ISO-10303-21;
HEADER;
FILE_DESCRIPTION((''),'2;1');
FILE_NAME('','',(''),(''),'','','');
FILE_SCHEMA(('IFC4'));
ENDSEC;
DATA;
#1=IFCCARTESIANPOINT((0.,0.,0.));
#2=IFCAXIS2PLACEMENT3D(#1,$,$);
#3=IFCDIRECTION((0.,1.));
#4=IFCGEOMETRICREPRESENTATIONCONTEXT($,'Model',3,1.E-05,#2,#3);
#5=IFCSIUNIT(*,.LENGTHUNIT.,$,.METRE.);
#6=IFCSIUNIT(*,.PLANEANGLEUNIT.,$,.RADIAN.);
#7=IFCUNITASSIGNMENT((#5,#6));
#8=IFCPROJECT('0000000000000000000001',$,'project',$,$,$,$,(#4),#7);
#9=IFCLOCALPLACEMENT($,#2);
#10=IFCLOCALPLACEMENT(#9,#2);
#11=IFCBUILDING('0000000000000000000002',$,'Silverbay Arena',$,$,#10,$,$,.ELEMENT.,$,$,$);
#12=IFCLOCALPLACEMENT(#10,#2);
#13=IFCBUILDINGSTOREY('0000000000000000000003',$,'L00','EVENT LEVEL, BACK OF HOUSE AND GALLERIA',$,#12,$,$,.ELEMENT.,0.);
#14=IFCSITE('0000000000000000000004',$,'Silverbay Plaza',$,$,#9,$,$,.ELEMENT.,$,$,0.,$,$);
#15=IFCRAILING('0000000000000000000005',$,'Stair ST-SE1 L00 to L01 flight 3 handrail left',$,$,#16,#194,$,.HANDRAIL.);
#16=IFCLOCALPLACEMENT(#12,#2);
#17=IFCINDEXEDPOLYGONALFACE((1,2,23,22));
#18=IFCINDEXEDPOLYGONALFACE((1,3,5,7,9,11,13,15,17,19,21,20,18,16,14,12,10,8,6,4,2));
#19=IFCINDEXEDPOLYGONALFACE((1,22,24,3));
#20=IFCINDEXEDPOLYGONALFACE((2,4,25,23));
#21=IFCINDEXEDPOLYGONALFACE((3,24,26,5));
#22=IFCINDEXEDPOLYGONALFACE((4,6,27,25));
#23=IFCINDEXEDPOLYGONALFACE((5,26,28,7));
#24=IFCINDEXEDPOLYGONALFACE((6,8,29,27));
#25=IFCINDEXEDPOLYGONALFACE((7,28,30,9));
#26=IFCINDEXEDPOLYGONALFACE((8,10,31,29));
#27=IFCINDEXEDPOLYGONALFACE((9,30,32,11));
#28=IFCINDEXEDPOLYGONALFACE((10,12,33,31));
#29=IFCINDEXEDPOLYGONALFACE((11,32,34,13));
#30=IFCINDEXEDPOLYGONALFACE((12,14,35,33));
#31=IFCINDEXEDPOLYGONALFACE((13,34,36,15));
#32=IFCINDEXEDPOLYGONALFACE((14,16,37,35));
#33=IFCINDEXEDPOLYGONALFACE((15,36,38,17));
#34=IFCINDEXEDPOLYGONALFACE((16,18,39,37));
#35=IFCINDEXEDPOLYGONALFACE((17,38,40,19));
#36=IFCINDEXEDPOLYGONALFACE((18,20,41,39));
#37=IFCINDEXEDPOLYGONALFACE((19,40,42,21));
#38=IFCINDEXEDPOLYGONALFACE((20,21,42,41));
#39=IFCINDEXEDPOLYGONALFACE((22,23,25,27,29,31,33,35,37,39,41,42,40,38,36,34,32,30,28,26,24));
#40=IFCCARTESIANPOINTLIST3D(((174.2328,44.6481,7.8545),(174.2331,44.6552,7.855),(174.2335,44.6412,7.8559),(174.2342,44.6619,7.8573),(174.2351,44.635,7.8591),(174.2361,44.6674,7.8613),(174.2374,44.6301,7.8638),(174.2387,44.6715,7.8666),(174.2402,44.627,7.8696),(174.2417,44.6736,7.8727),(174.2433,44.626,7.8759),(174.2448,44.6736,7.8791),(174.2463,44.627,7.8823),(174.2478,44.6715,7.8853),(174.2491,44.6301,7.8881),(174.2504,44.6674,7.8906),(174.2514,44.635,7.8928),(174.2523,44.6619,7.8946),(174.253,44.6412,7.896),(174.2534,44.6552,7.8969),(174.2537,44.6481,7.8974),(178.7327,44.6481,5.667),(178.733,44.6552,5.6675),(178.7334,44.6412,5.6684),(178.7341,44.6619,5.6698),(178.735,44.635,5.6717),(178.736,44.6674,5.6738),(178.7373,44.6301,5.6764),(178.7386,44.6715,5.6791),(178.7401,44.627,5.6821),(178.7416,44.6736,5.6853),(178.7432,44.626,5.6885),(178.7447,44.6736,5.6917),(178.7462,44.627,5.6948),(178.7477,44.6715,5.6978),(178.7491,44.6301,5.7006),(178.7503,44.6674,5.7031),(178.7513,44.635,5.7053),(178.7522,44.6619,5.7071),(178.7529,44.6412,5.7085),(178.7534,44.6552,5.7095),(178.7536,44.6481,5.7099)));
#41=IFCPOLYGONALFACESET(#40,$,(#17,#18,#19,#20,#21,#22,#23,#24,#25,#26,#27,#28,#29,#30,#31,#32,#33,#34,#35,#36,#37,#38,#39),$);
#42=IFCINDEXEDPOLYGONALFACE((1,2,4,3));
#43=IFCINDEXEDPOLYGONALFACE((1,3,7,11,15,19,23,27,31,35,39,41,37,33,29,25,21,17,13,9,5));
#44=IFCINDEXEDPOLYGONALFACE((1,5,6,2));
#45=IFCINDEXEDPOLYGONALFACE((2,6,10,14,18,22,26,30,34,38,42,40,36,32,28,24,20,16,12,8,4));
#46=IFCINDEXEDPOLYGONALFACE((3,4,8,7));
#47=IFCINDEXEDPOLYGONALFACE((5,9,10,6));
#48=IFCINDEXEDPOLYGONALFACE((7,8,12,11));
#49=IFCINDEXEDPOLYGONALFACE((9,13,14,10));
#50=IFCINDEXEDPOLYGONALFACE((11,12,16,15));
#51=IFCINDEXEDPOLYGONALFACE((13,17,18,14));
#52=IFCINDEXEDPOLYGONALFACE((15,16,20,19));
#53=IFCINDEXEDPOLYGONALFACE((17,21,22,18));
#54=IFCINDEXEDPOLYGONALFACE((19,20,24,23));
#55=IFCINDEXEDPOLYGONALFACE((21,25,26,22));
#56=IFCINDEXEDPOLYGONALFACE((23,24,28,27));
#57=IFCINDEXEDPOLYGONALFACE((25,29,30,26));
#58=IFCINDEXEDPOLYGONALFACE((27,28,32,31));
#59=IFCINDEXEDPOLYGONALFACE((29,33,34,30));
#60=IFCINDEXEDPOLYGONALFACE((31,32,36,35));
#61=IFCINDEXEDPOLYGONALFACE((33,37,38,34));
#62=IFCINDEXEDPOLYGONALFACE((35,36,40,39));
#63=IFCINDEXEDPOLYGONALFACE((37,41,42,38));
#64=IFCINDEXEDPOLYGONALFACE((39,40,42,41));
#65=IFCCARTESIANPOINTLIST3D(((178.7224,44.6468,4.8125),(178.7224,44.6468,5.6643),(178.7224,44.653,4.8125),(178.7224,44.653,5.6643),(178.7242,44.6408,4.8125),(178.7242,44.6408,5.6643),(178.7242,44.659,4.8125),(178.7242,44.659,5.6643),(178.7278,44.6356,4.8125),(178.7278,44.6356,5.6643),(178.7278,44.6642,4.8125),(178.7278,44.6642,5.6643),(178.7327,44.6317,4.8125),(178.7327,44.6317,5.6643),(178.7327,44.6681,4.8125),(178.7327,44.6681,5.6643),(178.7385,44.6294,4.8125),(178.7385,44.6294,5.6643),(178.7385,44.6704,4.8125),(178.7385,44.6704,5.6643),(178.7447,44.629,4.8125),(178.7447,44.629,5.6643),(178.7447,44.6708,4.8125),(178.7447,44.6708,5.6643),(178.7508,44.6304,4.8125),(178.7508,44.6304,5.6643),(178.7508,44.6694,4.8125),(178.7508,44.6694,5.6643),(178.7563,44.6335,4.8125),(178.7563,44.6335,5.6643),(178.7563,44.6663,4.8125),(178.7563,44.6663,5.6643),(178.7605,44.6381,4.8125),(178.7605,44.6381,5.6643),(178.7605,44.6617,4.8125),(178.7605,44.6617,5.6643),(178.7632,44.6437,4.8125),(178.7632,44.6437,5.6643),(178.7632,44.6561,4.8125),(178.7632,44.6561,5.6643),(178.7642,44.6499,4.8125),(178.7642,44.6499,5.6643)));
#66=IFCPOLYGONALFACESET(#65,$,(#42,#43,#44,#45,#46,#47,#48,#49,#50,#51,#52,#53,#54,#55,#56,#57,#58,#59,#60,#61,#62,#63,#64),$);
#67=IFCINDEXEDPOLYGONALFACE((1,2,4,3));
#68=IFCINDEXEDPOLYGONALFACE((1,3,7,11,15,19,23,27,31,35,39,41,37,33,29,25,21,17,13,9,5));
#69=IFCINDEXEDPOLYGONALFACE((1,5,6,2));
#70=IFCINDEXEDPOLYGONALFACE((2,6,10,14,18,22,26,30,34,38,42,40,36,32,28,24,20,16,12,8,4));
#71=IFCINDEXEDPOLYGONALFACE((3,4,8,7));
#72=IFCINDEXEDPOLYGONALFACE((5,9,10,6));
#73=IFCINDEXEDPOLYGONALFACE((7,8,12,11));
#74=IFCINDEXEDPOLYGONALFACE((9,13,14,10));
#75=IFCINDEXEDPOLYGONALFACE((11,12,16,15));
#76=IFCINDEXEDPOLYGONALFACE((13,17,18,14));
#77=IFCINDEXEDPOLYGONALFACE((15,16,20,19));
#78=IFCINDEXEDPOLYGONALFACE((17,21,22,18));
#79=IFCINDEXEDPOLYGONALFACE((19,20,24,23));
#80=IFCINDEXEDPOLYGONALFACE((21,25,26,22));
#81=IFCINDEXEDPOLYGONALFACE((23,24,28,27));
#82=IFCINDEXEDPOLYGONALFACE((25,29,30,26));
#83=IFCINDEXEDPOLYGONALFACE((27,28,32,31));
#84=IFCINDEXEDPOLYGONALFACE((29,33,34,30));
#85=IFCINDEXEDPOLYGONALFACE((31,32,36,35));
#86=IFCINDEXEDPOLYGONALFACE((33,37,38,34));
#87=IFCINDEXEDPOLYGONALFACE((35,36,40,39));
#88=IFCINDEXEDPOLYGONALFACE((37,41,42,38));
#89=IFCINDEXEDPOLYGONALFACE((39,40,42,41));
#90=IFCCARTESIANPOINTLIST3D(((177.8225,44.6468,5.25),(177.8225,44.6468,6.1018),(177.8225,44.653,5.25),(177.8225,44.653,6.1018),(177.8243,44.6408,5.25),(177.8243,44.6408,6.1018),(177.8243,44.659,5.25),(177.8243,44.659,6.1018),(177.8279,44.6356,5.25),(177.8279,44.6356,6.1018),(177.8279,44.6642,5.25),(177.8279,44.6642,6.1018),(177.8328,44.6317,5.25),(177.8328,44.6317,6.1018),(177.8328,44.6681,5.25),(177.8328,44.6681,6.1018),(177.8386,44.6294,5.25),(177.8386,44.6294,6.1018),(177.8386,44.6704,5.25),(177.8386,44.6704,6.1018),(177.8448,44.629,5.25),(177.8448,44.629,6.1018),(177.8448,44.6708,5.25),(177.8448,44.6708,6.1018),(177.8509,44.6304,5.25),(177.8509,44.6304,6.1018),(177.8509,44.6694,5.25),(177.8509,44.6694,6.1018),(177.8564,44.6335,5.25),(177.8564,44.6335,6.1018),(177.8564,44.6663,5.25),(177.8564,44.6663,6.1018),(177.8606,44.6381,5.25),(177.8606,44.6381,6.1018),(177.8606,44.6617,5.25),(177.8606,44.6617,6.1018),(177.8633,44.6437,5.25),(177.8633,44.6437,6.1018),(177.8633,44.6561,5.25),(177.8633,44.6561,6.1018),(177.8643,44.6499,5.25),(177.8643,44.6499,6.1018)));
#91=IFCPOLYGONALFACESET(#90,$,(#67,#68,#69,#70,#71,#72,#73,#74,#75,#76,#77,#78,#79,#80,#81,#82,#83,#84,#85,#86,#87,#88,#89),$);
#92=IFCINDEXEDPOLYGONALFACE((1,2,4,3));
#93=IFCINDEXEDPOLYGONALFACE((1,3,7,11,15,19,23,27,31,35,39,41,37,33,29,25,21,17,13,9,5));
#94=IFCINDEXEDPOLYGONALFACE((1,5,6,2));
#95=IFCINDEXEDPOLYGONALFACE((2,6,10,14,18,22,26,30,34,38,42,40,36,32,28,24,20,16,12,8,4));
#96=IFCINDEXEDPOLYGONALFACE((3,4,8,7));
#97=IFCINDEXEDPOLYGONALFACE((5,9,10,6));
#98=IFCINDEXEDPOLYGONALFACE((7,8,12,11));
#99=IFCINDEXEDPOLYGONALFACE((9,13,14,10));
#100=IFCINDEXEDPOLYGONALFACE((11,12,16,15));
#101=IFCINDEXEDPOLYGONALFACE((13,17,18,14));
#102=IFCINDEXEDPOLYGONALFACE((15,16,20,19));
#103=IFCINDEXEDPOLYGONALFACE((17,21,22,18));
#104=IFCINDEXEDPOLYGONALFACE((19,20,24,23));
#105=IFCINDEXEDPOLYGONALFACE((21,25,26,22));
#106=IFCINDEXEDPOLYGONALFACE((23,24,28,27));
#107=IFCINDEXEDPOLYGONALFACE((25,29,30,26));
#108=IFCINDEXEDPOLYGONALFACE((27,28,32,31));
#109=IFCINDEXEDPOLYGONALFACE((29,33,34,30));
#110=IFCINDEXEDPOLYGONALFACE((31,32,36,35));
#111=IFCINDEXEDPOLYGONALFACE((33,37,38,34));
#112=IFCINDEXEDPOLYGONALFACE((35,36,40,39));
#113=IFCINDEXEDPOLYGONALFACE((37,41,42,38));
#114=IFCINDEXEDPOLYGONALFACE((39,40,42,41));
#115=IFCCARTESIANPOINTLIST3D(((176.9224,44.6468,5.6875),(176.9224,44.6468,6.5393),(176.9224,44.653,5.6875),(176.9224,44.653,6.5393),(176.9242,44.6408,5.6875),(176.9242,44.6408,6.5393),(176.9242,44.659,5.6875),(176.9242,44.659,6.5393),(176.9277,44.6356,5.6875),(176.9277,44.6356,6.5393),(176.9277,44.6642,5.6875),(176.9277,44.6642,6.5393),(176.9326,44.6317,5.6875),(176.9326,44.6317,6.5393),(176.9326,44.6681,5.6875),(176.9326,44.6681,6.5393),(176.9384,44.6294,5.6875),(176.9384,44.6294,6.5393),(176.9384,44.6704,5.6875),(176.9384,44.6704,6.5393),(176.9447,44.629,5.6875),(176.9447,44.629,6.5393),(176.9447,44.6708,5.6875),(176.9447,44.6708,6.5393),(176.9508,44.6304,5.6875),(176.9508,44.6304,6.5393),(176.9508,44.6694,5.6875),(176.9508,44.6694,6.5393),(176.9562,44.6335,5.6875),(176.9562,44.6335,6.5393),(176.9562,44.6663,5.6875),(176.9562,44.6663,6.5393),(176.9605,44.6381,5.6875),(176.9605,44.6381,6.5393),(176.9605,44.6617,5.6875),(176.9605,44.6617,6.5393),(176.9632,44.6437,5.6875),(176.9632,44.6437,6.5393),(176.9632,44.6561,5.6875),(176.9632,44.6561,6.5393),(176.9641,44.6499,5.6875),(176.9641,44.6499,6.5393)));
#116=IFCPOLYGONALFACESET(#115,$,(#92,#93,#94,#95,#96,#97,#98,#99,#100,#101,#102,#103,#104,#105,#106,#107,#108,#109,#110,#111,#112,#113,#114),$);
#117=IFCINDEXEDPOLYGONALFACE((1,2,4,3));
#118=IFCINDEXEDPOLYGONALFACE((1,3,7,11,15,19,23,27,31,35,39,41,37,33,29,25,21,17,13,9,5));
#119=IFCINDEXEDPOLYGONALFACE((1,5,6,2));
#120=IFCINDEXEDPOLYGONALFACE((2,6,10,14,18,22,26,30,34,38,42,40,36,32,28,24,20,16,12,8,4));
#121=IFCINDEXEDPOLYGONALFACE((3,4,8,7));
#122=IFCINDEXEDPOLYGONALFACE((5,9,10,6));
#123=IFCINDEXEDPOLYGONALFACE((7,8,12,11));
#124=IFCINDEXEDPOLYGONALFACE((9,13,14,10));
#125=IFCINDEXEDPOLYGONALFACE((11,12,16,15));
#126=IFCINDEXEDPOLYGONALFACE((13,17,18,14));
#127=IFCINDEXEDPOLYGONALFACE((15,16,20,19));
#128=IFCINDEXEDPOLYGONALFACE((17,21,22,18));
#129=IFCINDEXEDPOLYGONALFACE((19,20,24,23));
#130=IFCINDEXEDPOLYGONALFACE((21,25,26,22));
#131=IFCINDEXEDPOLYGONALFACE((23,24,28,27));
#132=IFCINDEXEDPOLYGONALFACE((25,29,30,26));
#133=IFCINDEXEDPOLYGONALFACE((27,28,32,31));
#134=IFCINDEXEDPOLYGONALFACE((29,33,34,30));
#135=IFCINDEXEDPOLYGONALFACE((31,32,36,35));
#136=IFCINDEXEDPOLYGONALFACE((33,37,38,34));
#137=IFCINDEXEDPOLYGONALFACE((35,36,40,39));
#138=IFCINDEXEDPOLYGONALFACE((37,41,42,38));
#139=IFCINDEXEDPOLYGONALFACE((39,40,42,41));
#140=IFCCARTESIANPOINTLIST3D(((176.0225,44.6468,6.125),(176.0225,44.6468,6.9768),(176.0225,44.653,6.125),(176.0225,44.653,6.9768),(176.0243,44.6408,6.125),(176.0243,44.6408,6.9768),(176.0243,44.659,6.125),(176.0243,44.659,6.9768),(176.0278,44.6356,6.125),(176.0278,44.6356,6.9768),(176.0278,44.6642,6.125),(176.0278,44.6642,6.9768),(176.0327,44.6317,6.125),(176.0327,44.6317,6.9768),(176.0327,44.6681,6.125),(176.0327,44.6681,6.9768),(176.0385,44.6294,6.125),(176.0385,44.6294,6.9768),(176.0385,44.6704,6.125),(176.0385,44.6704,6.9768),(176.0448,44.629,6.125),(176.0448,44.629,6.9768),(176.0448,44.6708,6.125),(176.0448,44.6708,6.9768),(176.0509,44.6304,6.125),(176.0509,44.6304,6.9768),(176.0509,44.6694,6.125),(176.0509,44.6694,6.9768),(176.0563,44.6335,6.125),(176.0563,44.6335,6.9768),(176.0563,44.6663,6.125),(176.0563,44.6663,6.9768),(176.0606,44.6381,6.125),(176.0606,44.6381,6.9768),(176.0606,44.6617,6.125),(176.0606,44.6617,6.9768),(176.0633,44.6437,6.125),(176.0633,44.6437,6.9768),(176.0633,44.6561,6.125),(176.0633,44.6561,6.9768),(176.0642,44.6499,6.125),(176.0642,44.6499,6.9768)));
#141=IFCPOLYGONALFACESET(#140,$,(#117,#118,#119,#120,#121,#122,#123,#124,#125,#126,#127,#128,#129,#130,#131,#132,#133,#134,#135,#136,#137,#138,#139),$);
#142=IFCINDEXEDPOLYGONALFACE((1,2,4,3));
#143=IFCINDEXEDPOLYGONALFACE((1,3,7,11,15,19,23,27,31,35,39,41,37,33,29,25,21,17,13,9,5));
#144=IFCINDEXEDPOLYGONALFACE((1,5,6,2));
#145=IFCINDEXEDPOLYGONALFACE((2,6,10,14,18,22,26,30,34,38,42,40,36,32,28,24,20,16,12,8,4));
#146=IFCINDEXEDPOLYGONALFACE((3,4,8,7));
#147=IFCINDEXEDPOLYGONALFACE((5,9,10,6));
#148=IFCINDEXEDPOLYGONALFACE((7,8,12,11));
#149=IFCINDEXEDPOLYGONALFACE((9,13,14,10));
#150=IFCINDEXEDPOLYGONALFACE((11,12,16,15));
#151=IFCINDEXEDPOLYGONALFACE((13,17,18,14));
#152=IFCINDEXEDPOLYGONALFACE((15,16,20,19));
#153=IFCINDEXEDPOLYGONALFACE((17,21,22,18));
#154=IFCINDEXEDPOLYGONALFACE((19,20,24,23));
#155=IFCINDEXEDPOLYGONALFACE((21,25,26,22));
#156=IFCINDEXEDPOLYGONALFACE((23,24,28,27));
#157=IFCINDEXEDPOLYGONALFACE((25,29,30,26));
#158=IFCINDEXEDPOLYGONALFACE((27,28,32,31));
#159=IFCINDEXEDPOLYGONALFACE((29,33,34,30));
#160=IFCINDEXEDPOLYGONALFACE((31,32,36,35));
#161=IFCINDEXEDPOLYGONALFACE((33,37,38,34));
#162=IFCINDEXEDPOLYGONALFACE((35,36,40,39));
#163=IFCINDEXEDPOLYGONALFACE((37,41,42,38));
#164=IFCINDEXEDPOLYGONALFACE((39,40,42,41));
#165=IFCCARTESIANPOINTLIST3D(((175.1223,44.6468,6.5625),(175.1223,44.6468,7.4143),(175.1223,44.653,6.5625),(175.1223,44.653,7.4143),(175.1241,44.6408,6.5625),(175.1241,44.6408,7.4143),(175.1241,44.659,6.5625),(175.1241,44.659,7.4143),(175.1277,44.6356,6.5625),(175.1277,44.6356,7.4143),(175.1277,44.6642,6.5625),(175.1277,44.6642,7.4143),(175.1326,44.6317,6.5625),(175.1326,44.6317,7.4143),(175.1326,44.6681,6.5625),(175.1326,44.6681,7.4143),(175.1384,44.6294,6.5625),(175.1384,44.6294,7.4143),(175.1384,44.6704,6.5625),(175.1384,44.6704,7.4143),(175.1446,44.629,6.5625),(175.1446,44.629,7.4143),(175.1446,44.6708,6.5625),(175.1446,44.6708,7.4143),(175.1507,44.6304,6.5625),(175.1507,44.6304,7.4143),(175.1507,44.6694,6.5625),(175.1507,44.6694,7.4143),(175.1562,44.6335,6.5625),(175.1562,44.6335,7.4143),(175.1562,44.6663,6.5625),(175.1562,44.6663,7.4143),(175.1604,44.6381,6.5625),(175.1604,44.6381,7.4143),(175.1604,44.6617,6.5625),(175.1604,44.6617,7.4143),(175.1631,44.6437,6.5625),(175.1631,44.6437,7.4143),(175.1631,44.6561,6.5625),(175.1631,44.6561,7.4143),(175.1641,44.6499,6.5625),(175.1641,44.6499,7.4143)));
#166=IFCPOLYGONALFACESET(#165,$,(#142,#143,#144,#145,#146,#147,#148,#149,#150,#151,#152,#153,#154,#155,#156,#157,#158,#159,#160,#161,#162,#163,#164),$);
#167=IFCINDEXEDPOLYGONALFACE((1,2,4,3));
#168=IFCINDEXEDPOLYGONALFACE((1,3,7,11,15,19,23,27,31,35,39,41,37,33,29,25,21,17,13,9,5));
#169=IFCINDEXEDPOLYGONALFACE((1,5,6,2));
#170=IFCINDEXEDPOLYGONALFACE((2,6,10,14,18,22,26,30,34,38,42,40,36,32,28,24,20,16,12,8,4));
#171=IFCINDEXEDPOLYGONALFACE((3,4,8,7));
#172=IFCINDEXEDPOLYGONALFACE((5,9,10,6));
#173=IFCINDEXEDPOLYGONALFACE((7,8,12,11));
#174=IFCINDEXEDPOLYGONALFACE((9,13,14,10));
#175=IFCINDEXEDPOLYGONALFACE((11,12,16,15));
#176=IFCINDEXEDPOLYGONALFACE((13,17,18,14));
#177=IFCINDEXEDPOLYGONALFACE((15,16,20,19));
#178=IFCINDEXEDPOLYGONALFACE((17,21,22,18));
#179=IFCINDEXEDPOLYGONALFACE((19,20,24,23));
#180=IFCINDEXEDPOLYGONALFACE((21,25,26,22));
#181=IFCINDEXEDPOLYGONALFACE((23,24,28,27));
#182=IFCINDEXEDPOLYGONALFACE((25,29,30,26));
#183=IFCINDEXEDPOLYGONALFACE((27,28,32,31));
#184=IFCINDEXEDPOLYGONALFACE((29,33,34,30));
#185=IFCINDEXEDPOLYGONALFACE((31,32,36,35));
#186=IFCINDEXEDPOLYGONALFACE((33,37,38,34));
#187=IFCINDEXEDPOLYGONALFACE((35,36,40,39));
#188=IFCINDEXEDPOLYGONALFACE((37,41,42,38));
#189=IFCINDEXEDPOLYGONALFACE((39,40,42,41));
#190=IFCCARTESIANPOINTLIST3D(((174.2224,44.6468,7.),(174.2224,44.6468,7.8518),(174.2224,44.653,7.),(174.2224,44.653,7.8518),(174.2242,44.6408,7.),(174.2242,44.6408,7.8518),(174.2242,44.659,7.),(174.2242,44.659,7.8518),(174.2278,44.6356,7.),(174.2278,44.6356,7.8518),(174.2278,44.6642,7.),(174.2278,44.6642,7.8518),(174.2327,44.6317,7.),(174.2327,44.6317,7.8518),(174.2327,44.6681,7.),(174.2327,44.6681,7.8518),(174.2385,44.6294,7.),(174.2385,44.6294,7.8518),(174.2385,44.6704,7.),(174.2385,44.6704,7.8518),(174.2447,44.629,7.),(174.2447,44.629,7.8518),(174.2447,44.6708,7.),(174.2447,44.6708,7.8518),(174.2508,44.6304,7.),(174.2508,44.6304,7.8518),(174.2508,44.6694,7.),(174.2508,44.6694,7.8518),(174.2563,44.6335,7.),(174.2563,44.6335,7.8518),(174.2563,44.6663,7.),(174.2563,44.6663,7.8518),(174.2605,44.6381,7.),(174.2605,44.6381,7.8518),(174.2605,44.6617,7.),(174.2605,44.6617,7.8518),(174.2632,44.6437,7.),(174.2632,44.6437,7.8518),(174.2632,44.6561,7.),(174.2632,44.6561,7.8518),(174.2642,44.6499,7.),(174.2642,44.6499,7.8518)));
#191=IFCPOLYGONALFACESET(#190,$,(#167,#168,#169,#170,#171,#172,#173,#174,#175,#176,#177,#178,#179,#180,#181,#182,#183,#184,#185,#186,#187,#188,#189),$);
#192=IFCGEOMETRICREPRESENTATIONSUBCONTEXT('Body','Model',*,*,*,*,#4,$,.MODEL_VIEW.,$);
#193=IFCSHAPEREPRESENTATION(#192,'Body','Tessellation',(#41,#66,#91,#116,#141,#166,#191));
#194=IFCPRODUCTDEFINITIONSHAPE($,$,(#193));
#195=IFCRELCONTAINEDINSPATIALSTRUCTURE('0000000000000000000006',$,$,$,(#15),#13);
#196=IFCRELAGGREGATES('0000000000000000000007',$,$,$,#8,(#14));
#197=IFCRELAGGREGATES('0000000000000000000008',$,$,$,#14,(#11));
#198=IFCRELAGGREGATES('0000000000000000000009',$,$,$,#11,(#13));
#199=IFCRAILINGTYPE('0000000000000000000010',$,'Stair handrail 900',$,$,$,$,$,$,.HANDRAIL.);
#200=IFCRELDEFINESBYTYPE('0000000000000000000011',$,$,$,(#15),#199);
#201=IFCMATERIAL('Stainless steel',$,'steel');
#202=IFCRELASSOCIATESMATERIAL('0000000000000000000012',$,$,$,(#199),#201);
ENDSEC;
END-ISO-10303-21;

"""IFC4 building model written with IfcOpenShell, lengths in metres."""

from ifc_helpers import new_model, si_unit, direction, frame, origin, origin_2d, place, context, subcontext, project, spatial, circle, extrude, material, type_object, element, save


model = new_model("IFC4")

# Units and contexts
model_context = context("Model", 3, precision=1e-05, world=origin(), true_north=direction((0.0, 1.0)))
body_context = subcontext(model_context, "Body", "Model", "MODEL_VIEW")
ifc_project = project(units=[si_unit("LENGTHUNIT", "METRE"), si_unit("PLANEANGLEUNIT", "RADIAN")], contexts=[model_context])

# Site, building, storey
site_placement = place(None, origin())
site = spatial("IfcSite", under=ifc_project, at=site_placement, Name="Silverbay Plaza", CompositionType="ELEMENT", RefElevation=0.0)
building_placement = place(site_placement, origin())
building = spatial("IfcBuilding", under=site, at=building_placement, Name="Silverbay Arena", CompositionType="ELEMENT")
storey_placement = place(building_placement, origin())
storey = spatial("IfcBuildingStorey", under=building, at=storey_placement, Name="L00", Description="EVENT LEVEL, BACK OF HOUSE AND GALLERIA", CompositionType="ELEMENT", Elevation=0.0)

# Railing
ifc_material_1 = material(Name="Stainless steel", Category="steel")
railing_type_1 = type_object("IfcRailingType", Name="Stair handrail 900", PredefinedType="HANDRAIL", material=ifc_material_1)
for number, where, name in (
    (1, (178.7432, 44.6499, 4.8125), "Stair ST-SE1 L00 to L01 flight 3 handrail left"),
):
    element("IfcRailing", number, at=place(storey_placement, frame(where)), inside=storey, type_object=railing_type_1, Name=name, PredefinedType="HANDRAIL", context=body_context, shape_type="SweptSolid", body=[
        extrude(circle(Radius=0.0239, at=origin_2d()), frame((0.0, 0.0, 0.876), z_axis=(-0.899368, 0.0, 0.437193), x_axis=(0.0, -1.0, 0.0)), (0.0, 0.0, 1.0), 5.0034),
        extrude(circle(Radius=0.021, at=origin_2d()), origin(), (0.0, 0.0, 1.0), 0.8518),
        extrude(circle(Radius=0.021, at=origin_2d()), frame((-0.8999, 0.0, 0.4375)), (0.0, 0.0, 1.0), 0.8518),
        extrude(circle(Radius=0.021, at=origin_2d()), frame((-1.8, 0.0, 0.875)), (0.0, 0.0, 1.0), 0.8518),
        extrude(circle(Radius=0.021, at=origin_2d()), frame((-2.7, 0.0, 1.3125)), (0.0, 0.0, 1.0), 0.8518),
        extrude(circle(Radius=0.021, at=origin_2d()), frame((-3.6001, 0.0, 1.75)), (0.0, 0.0, 1.0), 0.8518),
        extrude(circle(Radius=0.021, at=origin_2d()), frame((-4.5, 0.0, 2.1875)), (0.0, 0.0, 1.0), 0.8518),
    ])

save(model, "model.ifc")
